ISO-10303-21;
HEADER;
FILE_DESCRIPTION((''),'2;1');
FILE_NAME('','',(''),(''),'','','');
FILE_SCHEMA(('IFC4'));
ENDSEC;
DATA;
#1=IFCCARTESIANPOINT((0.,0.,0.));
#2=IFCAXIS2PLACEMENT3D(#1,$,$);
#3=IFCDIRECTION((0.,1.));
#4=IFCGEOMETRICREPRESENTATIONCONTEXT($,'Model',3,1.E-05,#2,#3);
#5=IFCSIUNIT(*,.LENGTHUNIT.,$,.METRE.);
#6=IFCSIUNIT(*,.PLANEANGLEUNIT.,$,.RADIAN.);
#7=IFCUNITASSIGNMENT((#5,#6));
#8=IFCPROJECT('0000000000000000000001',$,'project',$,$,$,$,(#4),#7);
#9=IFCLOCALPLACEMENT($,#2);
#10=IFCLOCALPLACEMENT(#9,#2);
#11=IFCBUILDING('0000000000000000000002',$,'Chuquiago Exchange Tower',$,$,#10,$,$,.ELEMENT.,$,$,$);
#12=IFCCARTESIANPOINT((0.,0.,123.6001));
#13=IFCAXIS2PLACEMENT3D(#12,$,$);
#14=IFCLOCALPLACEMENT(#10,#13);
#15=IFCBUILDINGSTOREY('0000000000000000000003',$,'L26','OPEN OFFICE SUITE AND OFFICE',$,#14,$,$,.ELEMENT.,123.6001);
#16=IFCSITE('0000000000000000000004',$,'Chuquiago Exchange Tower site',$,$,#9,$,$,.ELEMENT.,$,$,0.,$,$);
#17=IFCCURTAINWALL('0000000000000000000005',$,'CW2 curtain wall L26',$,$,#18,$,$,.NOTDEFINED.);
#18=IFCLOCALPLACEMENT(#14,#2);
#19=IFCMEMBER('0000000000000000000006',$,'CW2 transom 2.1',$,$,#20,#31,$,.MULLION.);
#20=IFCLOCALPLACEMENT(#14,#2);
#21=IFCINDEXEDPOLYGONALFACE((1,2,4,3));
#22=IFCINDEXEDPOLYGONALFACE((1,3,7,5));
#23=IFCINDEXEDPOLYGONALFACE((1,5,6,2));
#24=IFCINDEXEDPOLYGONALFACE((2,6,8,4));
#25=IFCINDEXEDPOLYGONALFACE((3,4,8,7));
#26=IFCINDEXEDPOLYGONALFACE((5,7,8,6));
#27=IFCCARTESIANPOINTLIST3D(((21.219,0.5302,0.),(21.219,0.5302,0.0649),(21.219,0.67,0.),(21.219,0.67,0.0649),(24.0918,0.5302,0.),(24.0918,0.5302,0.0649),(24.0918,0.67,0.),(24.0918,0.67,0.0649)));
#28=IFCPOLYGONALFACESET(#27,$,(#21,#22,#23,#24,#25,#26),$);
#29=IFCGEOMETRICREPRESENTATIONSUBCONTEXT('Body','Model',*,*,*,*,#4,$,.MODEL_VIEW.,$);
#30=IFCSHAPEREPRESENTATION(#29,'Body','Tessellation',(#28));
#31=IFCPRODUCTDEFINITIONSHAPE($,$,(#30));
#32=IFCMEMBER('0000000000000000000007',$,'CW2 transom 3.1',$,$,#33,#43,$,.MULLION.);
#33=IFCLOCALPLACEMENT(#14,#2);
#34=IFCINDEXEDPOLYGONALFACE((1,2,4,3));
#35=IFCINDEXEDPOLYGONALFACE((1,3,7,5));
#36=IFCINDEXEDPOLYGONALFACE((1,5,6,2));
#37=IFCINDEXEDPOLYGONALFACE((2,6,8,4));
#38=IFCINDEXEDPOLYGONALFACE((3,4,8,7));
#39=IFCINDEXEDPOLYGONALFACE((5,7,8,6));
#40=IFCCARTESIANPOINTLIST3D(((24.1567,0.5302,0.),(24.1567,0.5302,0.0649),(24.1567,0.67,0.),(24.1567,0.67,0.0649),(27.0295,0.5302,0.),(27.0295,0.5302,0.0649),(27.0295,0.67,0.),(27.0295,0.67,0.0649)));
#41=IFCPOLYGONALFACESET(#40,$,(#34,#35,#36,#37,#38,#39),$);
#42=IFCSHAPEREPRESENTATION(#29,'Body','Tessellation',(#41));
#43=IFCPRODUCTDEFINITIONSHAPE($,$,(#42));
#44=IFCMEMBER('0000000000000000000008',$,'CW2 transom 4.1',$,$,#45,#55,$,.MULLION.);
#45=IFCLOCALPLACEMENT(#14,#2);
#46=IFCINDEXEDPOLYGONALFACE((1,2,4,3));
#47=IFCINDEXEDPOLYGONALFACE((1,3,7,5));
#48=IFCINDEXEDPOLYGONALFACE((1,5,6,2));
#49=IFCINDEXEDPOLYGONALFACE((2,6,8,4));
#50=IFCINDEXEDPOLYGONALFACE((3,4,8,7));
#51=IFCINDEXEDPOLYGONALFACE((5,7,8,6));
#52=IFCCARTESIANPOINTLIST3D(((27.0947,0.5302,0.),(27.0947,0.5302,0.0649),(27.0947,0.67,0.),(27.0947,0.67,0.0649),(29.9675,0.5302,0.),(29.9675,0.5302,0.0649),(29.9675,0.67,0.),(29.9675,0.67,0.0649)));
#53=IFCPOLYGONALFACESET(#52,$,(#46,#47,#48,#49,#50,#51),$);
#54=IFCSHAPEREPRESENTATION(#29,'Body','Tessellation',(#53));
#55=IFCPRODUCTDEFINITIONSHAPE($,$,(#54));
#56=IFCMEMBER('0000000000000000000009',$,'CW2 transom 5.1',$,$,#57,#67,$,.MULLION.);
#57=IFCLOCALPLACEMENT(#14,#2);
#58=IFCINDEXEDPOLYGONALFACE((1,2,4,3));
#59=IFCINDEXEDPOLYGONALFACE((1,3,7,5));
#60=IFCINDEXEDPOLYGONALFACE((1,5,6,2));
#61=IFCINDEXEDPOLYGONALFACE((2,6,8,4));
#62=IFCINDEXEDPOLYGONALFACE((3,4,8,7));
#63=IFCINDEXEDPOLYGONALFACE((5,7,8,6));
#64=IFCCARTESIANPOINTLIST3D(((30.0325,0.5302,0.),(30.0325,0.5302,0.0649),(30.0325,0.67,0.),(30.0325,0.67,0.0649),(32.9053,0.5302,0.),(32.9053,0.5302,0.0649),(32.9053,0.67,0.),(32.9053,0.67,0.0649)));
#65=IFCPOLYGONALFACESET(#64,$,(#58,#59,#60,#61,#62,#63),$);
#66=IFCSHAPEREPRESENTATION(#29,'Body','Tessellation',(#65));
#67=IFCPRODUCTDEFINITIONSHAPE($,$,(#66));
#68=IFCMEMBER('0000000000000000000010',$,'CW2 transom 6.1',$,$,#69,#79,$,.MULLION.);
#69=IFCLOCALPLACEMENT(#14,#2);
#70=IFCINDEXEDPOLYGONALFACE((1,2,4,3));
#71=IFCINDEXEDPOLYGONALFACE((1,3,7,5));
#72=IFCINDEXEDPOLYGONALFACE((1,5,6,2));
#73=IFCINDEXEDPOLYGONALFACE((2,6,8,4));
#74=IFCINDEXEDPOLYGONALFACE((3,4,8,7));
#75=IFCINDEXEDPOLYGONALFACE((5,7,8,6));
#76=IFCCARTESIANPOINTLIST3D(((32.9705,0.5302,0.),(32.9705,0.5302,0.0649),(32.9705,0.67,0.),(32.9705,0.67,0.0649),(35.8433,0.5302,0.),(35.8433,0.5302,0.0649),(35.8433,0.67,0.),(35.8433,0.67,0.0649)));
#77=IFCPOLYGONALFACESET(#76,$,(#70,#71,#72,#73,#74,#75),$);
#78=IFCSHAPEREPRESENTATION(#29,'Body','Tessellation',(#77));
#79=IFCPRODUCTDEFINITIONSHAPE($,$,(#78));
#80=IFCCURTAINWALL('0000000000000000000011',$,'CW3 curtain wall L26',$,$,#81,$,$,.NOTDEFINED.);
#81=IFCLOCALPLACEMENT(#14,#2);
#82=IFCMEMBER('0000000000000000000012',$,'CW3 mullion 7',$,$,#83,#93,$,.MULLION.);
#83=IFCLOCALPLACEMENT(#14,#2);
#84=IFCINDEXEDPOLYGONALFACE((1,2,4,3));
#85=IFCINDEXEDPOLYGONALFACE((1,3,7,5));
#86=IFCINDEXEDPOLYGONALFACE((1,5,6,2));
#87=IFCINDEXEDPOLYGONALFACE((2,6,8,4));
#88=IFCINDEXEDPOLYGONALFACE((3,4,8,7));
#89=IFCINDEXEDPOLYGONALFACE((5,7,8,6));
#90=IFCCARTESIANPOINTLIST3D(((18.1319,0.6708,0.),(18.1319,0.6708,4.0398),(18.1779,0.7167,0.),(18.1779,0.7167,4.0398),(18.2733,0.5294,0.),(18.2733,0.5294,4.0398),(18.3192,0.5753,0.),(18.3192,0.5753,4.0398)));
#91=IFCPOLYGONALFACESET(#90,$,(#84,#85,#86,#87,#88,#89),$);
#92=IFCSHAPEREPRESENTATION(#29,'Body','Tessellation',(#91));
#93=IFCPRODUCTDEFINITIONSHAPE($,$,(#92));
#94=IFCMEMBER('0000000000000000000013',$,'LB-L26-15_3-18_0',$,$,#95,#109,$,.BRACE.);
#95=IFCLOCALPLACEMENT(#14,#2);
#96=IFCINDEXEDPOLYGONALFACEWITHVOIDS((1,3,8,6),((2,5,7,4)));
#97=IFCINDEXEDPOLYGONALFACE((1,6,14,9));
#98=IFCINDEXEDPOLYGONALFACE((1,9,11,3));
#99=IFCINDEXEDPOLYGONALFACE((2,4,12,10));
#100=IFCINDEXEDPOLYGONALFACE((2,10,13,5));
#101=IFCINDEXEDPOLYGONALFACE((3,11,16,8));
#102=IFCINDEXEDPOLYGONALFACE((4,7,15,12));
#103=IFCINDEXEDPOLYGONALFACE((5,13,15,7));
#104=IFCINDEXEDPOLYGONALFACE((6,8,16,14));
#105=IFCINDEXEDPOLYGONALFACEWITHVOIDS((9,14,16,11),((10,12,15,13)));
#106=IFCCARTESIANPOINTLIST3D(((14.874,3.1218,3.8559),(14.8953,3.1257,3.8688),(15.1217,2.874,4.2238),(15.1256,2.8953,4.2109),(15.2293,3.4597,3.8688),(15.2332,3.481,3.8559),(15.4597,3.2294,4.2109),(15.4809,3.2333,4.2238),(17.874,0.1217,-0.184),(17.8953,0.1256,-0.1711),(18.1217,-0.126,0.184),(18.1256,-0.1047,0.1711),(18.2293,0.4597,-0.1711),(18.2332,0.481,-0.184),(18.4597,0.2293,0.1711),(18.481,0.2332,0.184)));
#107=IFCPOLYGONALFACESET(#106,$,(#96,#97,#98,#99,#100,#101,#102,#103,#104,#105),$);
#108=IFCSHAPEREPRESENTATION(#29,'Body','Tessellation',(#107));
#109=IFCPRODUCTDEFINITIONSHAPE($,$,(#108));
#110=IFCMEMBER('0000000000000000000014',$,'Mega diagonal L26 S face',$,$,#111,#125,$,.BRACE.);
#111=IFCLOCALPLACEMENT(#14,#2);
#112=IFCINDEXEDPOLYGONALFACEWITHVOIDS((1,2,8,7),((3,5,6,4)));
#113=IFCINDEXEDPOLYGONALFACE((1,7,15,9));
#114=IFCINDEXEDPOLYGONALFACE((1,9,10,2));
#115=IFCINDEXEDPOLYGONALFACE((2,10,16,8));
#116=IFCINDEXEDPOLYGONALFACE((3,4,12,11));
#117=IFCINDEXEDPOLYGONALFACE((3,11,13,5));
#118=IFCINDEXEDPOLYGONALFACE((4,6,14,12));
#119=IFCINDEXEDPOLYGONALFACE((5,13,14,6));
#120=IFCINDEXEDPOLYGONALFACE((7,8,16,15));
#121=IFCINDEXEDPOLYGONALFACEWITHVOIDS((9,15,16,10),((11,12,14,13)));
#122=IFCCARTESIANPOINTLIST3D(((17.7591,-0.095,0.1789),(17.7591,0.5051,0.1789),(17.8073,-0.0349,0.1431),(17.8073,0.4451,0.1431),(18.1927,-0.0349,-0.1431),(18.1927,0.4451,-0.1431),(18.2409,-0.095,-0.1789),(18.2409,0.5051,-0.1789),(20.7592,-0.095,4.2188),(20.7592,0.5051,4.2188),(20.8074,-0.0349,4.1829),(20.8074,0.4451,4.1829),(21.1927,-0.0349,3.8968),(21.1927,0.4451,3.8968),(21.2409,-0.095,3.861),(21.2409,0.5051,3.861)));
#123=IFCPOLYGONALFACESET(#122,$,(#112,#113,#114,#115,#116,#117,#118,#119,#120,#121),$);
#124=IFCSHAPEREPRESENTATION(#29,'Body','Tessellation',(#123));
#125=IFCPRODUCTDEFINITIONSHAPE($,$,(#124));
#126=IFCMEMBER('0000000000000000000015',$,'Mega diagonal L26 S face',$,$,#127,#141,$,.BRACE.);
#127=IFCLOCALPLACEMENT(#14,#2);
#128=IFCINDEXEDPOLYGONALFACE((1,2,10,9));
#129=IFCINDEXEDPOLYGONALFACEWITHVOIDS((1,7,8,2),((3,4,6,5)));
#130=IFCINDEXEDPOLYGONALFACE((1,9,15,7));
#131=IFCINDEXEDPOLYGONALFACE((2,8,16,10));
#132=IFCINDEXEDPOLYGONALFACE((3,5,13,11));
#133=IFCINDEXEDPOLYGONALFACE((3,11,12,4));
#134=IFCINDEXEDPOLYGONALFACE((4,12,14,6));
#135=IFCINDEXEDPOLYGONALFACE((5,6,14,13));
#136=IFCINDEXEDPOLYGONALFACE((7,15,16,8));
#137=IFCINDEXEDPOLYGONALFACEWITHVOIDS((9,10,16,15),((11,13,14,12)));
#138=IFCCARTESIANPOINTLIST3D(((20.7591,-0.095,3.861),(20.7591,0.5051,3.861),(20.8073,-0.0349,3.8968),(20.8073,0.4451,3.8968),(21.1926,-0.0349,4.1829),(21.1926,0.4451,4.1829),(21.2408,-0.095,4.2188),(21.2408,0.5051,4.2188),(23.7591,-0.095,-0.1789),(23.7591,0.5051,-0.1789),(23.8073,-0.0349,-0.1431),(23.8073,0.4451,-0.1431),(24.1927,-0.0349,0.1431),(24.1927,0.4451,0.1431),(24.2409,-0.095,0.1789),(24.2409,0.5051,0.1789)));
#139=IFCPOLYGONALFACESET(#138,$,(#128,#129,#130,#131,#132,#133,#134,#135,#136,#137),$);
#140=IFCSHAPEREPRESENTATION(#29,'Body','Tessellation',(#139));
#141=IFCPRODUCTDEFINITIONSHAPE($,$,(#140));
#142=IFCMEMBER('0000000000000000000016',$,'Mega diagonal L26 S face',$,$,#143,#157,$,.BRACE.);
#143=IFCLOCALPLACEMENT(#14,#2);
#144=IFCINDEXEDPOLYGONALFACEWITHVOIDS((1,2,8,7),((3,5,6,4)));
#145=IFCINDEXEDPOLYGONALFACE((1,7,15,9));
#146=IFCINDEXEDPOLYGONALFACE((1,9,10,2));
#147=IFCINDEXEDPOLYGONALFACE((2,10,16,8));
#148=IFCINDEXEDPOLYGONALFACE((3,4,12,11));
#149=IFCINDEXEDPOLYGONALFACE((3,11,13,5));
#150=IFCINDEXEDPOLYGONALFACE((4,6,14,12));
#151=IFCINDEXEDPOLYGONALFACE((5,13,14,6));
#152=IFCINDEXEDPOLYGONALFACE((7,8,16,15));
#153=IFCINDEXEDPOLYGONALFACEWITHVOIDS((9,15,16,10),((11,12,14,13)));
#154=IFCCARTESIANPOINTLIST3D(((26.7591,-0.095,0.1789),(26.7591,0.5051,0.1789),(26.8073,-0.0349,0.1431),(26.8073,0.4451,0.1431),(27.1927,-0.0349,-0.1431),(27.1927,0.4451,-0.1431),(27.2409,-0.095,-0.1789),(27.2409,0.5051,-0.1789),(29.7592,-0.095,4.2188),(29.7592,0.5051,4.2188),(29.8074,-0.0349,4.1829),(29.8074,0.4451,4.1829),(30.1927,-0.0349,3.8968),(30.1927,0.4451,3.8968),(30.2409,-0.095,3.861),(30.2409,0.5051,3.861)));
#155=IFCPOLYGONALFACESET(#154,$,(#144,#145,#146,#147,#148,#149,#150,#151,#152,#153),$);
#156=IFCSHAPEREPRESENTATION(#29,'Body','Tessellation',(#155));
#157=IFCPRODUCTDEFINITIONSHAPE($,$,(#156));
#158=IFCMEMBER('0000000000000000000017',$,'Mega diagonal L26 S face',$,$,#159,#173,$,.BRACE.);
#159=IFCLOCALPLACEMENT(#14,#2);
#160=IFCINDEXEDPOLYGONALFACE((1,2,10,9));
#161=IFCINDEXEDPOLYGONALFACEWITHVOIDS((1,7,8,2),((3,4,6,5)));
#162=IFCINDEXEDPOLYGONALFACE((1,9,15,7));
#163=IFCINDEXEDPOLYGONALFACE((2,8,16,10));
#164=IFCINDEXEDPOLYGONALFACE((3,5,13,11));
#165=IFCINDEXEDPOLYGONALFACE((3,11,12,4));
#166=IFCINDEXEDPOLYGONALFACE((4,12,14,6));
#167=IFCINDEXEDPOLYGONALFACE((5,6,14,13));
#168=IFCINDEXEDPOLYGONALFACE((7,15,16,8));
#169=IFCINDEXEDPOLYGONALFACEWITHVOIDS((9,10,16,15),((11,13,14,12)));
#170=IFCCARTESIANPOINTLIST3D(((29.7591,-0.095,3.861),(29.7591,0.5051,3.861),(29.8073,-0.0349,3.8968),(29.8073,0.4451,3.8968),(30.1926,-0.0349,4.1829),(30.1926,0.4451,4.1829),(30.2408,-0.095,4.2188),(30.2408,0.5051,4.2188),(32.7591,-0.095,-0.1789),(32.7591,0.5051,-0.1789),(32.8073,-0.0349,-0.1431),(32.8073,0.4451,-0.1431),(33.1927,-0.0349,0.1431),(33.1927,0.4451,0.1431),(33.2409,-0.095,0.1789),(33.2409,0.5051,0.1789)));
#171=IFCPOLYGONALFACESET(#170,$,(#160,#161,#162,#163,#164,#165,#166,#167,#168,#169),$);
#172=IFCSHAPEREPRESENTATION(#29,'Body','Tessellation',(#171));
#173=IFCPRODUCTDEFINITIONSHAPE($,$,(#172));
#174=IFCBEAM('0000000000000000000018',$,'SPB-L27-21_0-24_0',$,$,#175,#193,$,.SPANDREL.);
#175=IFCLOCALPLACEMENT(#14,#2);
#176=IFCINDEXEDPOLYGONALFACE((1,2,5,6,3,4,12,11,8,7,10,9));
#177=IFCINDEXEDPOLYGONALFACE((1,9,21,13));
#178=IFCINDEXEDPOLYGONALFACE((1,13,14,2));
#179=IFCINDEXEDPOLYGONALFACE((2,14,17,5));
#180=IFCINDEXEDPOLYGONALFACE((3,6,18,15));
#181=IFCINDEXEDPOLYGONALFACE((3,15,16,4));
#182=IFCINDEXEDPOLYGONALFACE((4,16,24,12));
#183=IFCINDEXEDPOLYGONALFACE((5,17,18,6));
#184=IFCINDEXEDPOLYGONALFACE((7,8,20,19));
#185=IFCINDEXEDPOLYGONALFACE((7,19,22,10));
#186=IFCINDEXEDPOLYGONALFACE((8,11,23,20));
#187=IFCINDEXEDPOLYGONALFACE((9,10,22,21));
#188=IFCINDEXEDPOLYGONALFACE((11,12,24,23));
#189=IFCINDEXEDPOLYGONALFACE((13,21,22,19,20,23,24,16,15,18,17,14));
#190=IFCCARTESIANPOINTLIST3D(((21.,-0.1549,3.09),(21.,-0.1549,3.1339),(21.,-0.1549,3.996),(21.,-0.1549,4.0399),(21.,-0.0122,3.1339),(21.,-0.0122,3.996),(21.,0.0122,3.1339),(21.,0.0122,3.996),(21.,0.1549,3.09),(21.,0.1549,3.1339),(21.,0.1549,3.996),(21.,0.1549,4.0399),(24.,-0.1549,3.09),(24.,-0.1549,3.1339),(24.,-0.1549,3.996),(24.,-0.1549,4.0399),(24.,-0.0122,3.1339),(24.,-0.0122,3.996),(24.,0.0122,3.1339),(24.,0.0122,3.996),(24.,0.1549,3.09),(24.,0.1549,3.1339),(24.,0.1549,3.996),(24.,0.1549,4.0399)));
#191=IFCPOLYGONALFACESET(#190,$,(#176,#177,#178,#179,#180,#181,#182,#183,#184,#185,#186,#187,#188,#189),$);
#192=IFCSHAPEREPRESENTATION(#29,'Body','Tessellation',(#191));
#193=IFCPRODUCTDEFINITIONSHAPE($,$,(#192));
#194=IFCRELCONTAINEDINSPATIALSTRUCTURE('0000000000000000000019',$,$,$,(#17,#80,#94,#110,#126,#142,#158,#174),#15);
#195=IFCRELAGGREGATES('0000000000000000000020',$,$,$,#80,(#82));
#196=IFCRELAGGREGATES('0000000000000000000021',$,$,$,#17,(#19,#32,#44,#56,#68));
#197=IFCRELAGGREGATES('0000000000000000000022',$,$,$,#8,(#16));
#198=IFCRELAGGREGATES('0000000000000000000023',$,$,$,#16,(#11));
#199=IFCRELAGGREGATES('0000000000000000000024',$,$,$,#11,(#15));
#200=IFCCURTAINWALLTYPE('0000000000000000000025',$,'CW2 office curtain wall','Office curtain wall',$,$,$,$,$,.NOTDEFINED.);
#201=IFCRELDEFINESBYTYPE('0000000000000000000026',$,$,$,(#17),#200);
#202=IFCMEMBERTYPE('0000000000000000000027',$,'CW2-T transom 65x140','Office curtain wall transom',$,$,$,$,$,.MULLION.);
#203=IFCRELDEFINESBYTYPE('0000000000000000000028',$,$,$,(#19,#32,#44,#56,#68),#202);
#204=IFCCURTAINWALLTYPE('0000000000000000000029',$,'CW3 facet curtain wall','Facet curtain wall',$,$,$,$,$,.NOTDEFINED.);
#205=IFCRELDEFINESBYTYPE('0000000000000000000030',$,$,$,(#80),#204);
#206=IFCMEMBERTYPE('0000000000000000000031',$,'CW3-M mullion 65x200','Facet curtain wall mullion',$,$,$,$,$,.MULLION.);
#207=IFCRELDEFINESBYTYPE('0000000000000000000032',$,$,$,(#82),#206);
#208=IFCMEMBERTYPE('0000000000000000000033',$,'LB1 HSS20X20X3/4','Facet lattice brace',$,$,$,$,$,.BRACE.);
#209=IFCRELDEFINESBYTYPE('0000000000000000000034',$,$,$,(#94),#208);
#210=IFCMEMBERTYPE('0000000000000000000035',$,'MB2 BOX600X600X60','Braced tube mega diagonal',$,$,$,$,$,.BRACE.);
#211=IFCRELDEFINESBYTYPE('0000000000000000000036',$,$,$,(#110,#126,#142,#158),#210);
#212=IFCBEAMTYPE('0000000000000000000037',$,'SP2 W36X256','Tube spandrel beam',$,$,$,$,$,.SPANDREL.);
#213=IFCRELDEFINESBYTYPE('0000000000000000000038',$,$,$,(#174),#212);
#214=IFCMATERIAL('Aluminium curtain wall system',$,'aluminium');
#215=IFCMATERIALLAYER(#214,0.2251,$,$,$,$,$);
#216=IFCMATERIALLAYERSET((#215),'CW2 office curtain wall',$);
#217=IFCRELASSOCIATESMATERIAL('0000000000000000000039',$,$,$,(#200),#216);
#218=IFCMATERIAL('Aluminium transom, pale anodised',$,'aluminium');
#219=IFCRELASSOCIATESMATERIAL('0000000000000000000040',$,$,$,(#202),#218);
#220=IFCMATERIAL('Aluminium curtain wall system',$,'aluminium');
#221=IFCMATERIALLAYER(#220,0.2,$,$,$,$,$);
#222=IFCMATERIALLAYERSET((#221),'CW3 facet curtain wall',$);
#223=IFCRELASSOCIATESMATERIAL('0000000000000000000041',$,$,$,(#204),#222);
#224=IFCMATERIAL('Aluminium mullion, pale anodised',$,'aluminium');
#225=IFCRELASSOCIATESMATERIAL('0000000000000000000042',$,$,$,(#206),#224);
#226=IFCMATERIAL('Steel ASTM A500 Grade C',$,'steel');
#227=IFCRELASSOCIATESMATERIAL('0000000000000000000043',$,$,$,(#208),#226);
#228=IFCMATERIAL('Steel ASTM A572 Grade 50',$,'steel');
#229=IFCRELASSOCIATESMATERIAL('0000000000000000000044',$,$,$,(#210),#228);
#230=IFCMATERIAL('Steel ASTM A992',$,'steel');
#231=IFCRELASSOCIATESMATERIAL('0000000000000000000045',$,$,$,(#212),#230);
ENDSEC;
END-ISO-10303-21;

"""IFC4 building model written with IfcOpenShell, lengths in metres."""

from ifc_helpers import new_model, si_unit, direction, frame, origin, origin_2d, place, context, subcontext, project, spatial, rectangle, hollow_rectangle, i_section, extrude, material, layer, layer_set, material_profile, profile_set, type_object, element, aggregate, save


model = new_model("IFC4")

# Units and contexts
model_context = context("Model", 3, precision=1e-05, world=origin(), true_north=direction((0.0, 1.0)))
body_context = subcontext(model_context, "Body", "Model", "MODEL_VIEW")
ifc_project = project(units=[si_unit("LENGTHUNIT", "METRE"), si_unit("PLANEANGLEUNIT", "RADIAN")], contexts=[model_context])

# Site, building, storey
site_placement = place(None, origin())
site = spatial("IfcSite", under=ifc_project, at=site_placement, Name="Chuquiago Exchange Tower site", CompositionType="ELEMENT", RefElevation=0.0)
building_placement = place(site_placement, origin())
building = spatial("IfcBuilding", under=site, at=building_placement, Name="Chuquiago Exchange Tower", CompositionType="ELEMENT")
storey_placement = place(building_placement, frame((0.0, 0.0, 123.6001)))
storey = spatial("IfcBuildingStorey", under=building, at=storey_placement, Name="L26", Description="OPEN OFFICE SUITE AND OFFICE", CompositionType="ELEMENT", Elevation=123.6001)

# Curtain wall, members
ifc_material_1 = material(Name="Aluminium curtain wall system", Category="aluminium")
ifc_layer_1 = layer(ifc_material_1, 0.2251)
ifc_layer_set_1 = layer_set([ifc_layer_1], Name="CW2 office curtain wall")
curtain_wall_type_1 = type_object("IfcCurtainWallType", Name="CW2 office curtain wall", Description="Office curtain wall", PredefinedType="NOTDEFINED", material=ifc_layer_set_1)
curtain_wall_1_placement = place(storey_placement, origin())
curtain_wall_1 = element("IfcCurtainWall", 1, at=curtain_wall_1_placement, inside=storey, type_object=curtain_wall_type_1, Name="CW2 curtain wall L26", PredefinedType="NOTDEFINED")
ifc_material_2 = material(Name="Aluminium transom, pale anodised", Category="aluminium")
ifc_material_profile_1 = material_profile(ifc_material_2, rectangle(XDim=0.1399, YDim=0.0649, at=origin_2d()), Name="AL 140x65")
ifc_profile_set_1 = profile_set([ifc_material_profile_1], Name="Aluminium transom, pale anodised")
member_type_1 = type_object("IfcMemberType", Name="CW2-T transom 65x140", Description="Office curtain wall transom", PredefinedType="MULLION", material=ifc_profile_set_1)
member_1_placement = place(storey_placement, frame((21.219, 0.6001, 0.0325), z_axis=(1.0, 0.0, 0.0), x_axis=(0.0, 1.0, 0.0)))
member_1 = element("IfcMember", 2, at=member_1_placement, type_object=member_type_1, Name="CW2 transom 2.1", PredefinedType="MULLION", context=body_context, shape_type="SweptSolid", body=[
    extrude(rectangle(XDim=0.1399, YDim=0.0649, at=origin_2d()), origin(), (0.0, 0.0, 1.0), 2.8728),
])
member_2_placement = place(storey_placement, frame((24.1567, 0.6001, 0.0325), z_axis=(1.0, 0.0, 0.0), x_axis=(0.0, 1.0, 0.0)))
member_2 = element("IfcMember", 3, at=member_2_placement, type_object=member_type_1, Name="CW2 transom 3.1", PredefinedType="MULLION", context=body_context, shape_type="SweptSolid", body=[
    extrude(rectangle(XDim=0.1399, YDim=0.0649, at=origin_2d()), origin(), (0.0, 0.0, 1.0), 2.8728),
])
member_3_placement = place(storey_placement, frame((27.0947, 0.6001, 0.0325), z_axis=(1.0, 0.0, 0.0), x_axis=(0.0, 1.0, 0.0)))
member_3 = element("IfcMember", 4, at=member_3_placement, type_object=member_type_1, Name="CW2 transom 4.1", PredefinedType="MULLION", context=body_context, shape_type="SweptSolid", body=[
    extrude(rectangle(XDim=0.1399, YDim=0.0649, at=origin_2d()), origin(), (0.0, 0.0, 1.0), 2.8728),
])
member_4_placement = place(storey_placement, frame((30.0325, 0.6001, 0.0325), z_axis=(1.0, 0.0, 0.0), x_axis=(0.0, 1.0, 0.0)))
member_4 = element("IfcMember", 5, at=member_4_placement, type_object=member_type_1, Name="CW2 transom 5.1", PredefinedType="MULLION", context=body_context, shape_type="SweptSolid", body=[
    extrude(rectangle(XDim=0.1399, YDim=0.0649, at=origin_2d()), origin(), (0.0, 0.0, 1.0), 2.8728),
])
member_5_placement = place(storey_placement, frame((32.9705, 0.6001, 0.0325), z_axis=(1.0, 0.0, 0.0), x_axis=(0.0, 1.0, 0.0)))
member_5 = element("IfcMember", 6, at=member_5_placement, type_object=member_type_1, Name="CW2 transom 6.1", PredefinedType="MULLION", context=body_context, shape_type="SweptSolid", body=[
    extrude(rectangle(XDim=0.1399, YDim=0.0649, at=origin_2d()), origin(), (0.0, 0.0, 1.0), 2.8728),
])

# Curtain wall, member
ifc_material_3 = material(Name="Aluminium curtain wall system", Category="aluminium")
ifc_layer_2 = layer(ifc_material_3, 0.2)
ifc_layer_set_2 = layer_set([ifc_layer_2], Name="CW3 facet curtain wall")
curtain_wall_type_2 = type_object("IfcCurtainWallType", Name="CW3 facet curtain wall", Description="Facet curtain wall", PredefinedType="NOTDEFINED", material=ifc_layer_set_2)
curtain_wall_2_placement = place(storey_placement, origin())
curtain_wall_2 = element("IfcCurtainWall", 7, at=curtain_wall_2_placement, inside=storey, type_object=curtain_wall_type_2, Name="CW3 curtain wall L26", PredefinedType="NOTDEFINED")
ifc_material_4 = material(Name="Aluminium mullion, pale anodised", Category="aluminium")
ifc_material_profile_2 = material_profile(ifc_material_4, rectangle(XDim=0.0649, YDim=0.2, at=origin_2d()), Name="AL 65x200")
ifc_profile_set_2 = profile_set([ifc_material_profile_2], Name="Aluminium mullion, pale anodised")
member_type_2 = type_object("IfcMemberType", Name="CW3-M mullion 65x200", Description="Facet curtain wall mullion", PredefinedType="MULLION", material=ifc_profile_set_2)
member_6_placement = place(storey_placement, frame((18.2256, 0.623, 0.0), z_axis=(0.0, 0.0, 1.0), x_axis=(0.707107, 0.707107, 0.0)))
member_6 = element("IfcMember", 8, at=member_6_placement, type_object=member_type_2, Name="CW3 mullion 7", PredefinedType="MULLION", context=body_context, shape_type="SweptSolid", body=[
    extrude(rectangle(XDim=0.0649, YDim=0.2, at=origin_2d()), origin(), (0.0, 0.0, 1.0), 4.0398),
])
aggregate(curtain_wall_2, [member_6])

# Members
ifc_material_5 = material(Name="Steel ASTM A500 Grade C", Category="steel")
ifc_material_profile_3 = material_profile(ifc_material_5, hollow_rectangle(XDim=0.5081, YDim=0.5081, WallThickness=0.0178, at=origin_2d()), Name="HSS20X20X3/4")
ifc_profile_set_3 = profile_set([ifc_material_profile_3], Name="Steel ASTM A500 Grade C")
member_type_3 = type_object("IfcMemberType", Name="LB1 HSS20X20X3/4", Description="Facet lattice brace", PredefinedType="BRACE", material=ifc_profile_set_3)
member_7_placement = place(storey_placement, frame((18.1775, 0.1775, 0.0), z_axis=(-0.512092, 0.512092, 0.689582), x_axis=(-0.707107, -0.707107, 0.0)))
element("IfcMember", 9, at=member_7_placement, inside=storey, type_object=member_type_3, Name="LB-L26-15_3-18_0", PredefinedType="BRACE", context=body_context, shape_type="SweptSolid", body=[
    extrude(hollow_rectangle(XDim=0.5081, YDim=0.5081, WallThickness=0.0178, at=origin_2d()), origin(), (0.0, 0.0, 1.0), 5.8584),
])
ifc_material_6 = material(Name="Steel ASTM A572 Grade 50", Category="steel")
ifc_material_profile_4 = material_profile(ifc_material_6, hollow_rectangle(XDim=0.6001, YDim=0.6001, WallThickness=0.0601, at=origin_2d()), Name="BOX600X600X60")
ifc_profile_set_4 = profile_set([ifc_material_profile_4], Name="Steel ASTM A572 Grade 50")
member_type_4 = type_object("IfcMemberType", Name="MB2 BOX600X600X60", Description="Braced tube mega diagonal", PredefinedType="BRACE", material=ifc_profile_set_4)
for number, where, z_axis, x_axis, name in (
    (10, (18.0, 0.2051, 0.0), (0.596197, 0.0, 0.802838), (0.0, 1.0, 0.0), "Mega diagonal L26 S face"),
    (11, (24.0, 0.2051, 0.0), (-0.596197, 0.0, 0.802838), (0.0, -1.0, 0.0), "Mega diagonal L26 S face"),
    (12, (27.0, 0.2051, 0.0), (0.596197, 0.0, 0.802838), (0.0, 1.0, 0.0), "Mega diagonal L26 S face"),
    (13, (33.0, 0.2051, 0.0), (-0.596197, 0.0, 0.802838), (0.0, -1.0, 0.0), "Mega diagonal L26 S face"),
):
    element("IfcMember", number, at=place(storey_placement, frame(where, z_axis=z_axis, x_axis=x_axis)), inside=storey, type_object=member_type_4, Name=name, PredefinedType="BRACE", context=body_context, shape_type="SweptSolid", body=[
        extrude(hollow_rectangle(XDim=0.6001, YDim=0.6001, WallThickness=0.0601, at=origin_2d()), origin(), (0.0, 0.0, 1.0), 5.032),
    ])

# Beam
ifc_material_7 = material(Name="Steel ASTM A992", Category="steel")
ifc_material_profile_5 = material_profile(ifc_material_7, i_section(OverallWidth=0.3098, OverallDepth=0.95, WebThickness=0.0244, FlangeThickness=0.0439, at=origin_2d()), Name="W36X256")
ifc_profile_set_5 = profile_set([ifc_material_profile_5], Name="Steel ASTM A992")
beam_type = type_object("IfcBeamType", Name="SP2 W36X256", Description="Tube spandrel beam", PredefinedType="SPANDREL", material=ifc_profile_set_5)
for number, where, z_axis, x_axis, name in (
    (14, (21.0, 0.0, 3.5649), (1.0, 0.0, 0.0), (0.0, 1.0, 0.0), "SPB-L27-21_0-24_0"),
):
    element("IfcBeam", number, at=place(storey_placement, frame(where, z_axis=z_axis, x_axis=x_axis)), inside=storey, type_object=beam_type, Name=name, PredefinedType="SPANDREL", context=body_context, shape_type="SweptSolid", body=[
        extrude(i_section(OverallWidth=0.3098, OverallDepth=0.95, WebThickness=0.0244, FlangeThickness=0.0439, at=origin_2d()), origin(), (0.0, 0.0, 1.0), 3.0),
    ])

aggregate(curtain_wall_1, [member_1, member_2, member_3, member_4, member_5])

save(model, "model.ifc")
